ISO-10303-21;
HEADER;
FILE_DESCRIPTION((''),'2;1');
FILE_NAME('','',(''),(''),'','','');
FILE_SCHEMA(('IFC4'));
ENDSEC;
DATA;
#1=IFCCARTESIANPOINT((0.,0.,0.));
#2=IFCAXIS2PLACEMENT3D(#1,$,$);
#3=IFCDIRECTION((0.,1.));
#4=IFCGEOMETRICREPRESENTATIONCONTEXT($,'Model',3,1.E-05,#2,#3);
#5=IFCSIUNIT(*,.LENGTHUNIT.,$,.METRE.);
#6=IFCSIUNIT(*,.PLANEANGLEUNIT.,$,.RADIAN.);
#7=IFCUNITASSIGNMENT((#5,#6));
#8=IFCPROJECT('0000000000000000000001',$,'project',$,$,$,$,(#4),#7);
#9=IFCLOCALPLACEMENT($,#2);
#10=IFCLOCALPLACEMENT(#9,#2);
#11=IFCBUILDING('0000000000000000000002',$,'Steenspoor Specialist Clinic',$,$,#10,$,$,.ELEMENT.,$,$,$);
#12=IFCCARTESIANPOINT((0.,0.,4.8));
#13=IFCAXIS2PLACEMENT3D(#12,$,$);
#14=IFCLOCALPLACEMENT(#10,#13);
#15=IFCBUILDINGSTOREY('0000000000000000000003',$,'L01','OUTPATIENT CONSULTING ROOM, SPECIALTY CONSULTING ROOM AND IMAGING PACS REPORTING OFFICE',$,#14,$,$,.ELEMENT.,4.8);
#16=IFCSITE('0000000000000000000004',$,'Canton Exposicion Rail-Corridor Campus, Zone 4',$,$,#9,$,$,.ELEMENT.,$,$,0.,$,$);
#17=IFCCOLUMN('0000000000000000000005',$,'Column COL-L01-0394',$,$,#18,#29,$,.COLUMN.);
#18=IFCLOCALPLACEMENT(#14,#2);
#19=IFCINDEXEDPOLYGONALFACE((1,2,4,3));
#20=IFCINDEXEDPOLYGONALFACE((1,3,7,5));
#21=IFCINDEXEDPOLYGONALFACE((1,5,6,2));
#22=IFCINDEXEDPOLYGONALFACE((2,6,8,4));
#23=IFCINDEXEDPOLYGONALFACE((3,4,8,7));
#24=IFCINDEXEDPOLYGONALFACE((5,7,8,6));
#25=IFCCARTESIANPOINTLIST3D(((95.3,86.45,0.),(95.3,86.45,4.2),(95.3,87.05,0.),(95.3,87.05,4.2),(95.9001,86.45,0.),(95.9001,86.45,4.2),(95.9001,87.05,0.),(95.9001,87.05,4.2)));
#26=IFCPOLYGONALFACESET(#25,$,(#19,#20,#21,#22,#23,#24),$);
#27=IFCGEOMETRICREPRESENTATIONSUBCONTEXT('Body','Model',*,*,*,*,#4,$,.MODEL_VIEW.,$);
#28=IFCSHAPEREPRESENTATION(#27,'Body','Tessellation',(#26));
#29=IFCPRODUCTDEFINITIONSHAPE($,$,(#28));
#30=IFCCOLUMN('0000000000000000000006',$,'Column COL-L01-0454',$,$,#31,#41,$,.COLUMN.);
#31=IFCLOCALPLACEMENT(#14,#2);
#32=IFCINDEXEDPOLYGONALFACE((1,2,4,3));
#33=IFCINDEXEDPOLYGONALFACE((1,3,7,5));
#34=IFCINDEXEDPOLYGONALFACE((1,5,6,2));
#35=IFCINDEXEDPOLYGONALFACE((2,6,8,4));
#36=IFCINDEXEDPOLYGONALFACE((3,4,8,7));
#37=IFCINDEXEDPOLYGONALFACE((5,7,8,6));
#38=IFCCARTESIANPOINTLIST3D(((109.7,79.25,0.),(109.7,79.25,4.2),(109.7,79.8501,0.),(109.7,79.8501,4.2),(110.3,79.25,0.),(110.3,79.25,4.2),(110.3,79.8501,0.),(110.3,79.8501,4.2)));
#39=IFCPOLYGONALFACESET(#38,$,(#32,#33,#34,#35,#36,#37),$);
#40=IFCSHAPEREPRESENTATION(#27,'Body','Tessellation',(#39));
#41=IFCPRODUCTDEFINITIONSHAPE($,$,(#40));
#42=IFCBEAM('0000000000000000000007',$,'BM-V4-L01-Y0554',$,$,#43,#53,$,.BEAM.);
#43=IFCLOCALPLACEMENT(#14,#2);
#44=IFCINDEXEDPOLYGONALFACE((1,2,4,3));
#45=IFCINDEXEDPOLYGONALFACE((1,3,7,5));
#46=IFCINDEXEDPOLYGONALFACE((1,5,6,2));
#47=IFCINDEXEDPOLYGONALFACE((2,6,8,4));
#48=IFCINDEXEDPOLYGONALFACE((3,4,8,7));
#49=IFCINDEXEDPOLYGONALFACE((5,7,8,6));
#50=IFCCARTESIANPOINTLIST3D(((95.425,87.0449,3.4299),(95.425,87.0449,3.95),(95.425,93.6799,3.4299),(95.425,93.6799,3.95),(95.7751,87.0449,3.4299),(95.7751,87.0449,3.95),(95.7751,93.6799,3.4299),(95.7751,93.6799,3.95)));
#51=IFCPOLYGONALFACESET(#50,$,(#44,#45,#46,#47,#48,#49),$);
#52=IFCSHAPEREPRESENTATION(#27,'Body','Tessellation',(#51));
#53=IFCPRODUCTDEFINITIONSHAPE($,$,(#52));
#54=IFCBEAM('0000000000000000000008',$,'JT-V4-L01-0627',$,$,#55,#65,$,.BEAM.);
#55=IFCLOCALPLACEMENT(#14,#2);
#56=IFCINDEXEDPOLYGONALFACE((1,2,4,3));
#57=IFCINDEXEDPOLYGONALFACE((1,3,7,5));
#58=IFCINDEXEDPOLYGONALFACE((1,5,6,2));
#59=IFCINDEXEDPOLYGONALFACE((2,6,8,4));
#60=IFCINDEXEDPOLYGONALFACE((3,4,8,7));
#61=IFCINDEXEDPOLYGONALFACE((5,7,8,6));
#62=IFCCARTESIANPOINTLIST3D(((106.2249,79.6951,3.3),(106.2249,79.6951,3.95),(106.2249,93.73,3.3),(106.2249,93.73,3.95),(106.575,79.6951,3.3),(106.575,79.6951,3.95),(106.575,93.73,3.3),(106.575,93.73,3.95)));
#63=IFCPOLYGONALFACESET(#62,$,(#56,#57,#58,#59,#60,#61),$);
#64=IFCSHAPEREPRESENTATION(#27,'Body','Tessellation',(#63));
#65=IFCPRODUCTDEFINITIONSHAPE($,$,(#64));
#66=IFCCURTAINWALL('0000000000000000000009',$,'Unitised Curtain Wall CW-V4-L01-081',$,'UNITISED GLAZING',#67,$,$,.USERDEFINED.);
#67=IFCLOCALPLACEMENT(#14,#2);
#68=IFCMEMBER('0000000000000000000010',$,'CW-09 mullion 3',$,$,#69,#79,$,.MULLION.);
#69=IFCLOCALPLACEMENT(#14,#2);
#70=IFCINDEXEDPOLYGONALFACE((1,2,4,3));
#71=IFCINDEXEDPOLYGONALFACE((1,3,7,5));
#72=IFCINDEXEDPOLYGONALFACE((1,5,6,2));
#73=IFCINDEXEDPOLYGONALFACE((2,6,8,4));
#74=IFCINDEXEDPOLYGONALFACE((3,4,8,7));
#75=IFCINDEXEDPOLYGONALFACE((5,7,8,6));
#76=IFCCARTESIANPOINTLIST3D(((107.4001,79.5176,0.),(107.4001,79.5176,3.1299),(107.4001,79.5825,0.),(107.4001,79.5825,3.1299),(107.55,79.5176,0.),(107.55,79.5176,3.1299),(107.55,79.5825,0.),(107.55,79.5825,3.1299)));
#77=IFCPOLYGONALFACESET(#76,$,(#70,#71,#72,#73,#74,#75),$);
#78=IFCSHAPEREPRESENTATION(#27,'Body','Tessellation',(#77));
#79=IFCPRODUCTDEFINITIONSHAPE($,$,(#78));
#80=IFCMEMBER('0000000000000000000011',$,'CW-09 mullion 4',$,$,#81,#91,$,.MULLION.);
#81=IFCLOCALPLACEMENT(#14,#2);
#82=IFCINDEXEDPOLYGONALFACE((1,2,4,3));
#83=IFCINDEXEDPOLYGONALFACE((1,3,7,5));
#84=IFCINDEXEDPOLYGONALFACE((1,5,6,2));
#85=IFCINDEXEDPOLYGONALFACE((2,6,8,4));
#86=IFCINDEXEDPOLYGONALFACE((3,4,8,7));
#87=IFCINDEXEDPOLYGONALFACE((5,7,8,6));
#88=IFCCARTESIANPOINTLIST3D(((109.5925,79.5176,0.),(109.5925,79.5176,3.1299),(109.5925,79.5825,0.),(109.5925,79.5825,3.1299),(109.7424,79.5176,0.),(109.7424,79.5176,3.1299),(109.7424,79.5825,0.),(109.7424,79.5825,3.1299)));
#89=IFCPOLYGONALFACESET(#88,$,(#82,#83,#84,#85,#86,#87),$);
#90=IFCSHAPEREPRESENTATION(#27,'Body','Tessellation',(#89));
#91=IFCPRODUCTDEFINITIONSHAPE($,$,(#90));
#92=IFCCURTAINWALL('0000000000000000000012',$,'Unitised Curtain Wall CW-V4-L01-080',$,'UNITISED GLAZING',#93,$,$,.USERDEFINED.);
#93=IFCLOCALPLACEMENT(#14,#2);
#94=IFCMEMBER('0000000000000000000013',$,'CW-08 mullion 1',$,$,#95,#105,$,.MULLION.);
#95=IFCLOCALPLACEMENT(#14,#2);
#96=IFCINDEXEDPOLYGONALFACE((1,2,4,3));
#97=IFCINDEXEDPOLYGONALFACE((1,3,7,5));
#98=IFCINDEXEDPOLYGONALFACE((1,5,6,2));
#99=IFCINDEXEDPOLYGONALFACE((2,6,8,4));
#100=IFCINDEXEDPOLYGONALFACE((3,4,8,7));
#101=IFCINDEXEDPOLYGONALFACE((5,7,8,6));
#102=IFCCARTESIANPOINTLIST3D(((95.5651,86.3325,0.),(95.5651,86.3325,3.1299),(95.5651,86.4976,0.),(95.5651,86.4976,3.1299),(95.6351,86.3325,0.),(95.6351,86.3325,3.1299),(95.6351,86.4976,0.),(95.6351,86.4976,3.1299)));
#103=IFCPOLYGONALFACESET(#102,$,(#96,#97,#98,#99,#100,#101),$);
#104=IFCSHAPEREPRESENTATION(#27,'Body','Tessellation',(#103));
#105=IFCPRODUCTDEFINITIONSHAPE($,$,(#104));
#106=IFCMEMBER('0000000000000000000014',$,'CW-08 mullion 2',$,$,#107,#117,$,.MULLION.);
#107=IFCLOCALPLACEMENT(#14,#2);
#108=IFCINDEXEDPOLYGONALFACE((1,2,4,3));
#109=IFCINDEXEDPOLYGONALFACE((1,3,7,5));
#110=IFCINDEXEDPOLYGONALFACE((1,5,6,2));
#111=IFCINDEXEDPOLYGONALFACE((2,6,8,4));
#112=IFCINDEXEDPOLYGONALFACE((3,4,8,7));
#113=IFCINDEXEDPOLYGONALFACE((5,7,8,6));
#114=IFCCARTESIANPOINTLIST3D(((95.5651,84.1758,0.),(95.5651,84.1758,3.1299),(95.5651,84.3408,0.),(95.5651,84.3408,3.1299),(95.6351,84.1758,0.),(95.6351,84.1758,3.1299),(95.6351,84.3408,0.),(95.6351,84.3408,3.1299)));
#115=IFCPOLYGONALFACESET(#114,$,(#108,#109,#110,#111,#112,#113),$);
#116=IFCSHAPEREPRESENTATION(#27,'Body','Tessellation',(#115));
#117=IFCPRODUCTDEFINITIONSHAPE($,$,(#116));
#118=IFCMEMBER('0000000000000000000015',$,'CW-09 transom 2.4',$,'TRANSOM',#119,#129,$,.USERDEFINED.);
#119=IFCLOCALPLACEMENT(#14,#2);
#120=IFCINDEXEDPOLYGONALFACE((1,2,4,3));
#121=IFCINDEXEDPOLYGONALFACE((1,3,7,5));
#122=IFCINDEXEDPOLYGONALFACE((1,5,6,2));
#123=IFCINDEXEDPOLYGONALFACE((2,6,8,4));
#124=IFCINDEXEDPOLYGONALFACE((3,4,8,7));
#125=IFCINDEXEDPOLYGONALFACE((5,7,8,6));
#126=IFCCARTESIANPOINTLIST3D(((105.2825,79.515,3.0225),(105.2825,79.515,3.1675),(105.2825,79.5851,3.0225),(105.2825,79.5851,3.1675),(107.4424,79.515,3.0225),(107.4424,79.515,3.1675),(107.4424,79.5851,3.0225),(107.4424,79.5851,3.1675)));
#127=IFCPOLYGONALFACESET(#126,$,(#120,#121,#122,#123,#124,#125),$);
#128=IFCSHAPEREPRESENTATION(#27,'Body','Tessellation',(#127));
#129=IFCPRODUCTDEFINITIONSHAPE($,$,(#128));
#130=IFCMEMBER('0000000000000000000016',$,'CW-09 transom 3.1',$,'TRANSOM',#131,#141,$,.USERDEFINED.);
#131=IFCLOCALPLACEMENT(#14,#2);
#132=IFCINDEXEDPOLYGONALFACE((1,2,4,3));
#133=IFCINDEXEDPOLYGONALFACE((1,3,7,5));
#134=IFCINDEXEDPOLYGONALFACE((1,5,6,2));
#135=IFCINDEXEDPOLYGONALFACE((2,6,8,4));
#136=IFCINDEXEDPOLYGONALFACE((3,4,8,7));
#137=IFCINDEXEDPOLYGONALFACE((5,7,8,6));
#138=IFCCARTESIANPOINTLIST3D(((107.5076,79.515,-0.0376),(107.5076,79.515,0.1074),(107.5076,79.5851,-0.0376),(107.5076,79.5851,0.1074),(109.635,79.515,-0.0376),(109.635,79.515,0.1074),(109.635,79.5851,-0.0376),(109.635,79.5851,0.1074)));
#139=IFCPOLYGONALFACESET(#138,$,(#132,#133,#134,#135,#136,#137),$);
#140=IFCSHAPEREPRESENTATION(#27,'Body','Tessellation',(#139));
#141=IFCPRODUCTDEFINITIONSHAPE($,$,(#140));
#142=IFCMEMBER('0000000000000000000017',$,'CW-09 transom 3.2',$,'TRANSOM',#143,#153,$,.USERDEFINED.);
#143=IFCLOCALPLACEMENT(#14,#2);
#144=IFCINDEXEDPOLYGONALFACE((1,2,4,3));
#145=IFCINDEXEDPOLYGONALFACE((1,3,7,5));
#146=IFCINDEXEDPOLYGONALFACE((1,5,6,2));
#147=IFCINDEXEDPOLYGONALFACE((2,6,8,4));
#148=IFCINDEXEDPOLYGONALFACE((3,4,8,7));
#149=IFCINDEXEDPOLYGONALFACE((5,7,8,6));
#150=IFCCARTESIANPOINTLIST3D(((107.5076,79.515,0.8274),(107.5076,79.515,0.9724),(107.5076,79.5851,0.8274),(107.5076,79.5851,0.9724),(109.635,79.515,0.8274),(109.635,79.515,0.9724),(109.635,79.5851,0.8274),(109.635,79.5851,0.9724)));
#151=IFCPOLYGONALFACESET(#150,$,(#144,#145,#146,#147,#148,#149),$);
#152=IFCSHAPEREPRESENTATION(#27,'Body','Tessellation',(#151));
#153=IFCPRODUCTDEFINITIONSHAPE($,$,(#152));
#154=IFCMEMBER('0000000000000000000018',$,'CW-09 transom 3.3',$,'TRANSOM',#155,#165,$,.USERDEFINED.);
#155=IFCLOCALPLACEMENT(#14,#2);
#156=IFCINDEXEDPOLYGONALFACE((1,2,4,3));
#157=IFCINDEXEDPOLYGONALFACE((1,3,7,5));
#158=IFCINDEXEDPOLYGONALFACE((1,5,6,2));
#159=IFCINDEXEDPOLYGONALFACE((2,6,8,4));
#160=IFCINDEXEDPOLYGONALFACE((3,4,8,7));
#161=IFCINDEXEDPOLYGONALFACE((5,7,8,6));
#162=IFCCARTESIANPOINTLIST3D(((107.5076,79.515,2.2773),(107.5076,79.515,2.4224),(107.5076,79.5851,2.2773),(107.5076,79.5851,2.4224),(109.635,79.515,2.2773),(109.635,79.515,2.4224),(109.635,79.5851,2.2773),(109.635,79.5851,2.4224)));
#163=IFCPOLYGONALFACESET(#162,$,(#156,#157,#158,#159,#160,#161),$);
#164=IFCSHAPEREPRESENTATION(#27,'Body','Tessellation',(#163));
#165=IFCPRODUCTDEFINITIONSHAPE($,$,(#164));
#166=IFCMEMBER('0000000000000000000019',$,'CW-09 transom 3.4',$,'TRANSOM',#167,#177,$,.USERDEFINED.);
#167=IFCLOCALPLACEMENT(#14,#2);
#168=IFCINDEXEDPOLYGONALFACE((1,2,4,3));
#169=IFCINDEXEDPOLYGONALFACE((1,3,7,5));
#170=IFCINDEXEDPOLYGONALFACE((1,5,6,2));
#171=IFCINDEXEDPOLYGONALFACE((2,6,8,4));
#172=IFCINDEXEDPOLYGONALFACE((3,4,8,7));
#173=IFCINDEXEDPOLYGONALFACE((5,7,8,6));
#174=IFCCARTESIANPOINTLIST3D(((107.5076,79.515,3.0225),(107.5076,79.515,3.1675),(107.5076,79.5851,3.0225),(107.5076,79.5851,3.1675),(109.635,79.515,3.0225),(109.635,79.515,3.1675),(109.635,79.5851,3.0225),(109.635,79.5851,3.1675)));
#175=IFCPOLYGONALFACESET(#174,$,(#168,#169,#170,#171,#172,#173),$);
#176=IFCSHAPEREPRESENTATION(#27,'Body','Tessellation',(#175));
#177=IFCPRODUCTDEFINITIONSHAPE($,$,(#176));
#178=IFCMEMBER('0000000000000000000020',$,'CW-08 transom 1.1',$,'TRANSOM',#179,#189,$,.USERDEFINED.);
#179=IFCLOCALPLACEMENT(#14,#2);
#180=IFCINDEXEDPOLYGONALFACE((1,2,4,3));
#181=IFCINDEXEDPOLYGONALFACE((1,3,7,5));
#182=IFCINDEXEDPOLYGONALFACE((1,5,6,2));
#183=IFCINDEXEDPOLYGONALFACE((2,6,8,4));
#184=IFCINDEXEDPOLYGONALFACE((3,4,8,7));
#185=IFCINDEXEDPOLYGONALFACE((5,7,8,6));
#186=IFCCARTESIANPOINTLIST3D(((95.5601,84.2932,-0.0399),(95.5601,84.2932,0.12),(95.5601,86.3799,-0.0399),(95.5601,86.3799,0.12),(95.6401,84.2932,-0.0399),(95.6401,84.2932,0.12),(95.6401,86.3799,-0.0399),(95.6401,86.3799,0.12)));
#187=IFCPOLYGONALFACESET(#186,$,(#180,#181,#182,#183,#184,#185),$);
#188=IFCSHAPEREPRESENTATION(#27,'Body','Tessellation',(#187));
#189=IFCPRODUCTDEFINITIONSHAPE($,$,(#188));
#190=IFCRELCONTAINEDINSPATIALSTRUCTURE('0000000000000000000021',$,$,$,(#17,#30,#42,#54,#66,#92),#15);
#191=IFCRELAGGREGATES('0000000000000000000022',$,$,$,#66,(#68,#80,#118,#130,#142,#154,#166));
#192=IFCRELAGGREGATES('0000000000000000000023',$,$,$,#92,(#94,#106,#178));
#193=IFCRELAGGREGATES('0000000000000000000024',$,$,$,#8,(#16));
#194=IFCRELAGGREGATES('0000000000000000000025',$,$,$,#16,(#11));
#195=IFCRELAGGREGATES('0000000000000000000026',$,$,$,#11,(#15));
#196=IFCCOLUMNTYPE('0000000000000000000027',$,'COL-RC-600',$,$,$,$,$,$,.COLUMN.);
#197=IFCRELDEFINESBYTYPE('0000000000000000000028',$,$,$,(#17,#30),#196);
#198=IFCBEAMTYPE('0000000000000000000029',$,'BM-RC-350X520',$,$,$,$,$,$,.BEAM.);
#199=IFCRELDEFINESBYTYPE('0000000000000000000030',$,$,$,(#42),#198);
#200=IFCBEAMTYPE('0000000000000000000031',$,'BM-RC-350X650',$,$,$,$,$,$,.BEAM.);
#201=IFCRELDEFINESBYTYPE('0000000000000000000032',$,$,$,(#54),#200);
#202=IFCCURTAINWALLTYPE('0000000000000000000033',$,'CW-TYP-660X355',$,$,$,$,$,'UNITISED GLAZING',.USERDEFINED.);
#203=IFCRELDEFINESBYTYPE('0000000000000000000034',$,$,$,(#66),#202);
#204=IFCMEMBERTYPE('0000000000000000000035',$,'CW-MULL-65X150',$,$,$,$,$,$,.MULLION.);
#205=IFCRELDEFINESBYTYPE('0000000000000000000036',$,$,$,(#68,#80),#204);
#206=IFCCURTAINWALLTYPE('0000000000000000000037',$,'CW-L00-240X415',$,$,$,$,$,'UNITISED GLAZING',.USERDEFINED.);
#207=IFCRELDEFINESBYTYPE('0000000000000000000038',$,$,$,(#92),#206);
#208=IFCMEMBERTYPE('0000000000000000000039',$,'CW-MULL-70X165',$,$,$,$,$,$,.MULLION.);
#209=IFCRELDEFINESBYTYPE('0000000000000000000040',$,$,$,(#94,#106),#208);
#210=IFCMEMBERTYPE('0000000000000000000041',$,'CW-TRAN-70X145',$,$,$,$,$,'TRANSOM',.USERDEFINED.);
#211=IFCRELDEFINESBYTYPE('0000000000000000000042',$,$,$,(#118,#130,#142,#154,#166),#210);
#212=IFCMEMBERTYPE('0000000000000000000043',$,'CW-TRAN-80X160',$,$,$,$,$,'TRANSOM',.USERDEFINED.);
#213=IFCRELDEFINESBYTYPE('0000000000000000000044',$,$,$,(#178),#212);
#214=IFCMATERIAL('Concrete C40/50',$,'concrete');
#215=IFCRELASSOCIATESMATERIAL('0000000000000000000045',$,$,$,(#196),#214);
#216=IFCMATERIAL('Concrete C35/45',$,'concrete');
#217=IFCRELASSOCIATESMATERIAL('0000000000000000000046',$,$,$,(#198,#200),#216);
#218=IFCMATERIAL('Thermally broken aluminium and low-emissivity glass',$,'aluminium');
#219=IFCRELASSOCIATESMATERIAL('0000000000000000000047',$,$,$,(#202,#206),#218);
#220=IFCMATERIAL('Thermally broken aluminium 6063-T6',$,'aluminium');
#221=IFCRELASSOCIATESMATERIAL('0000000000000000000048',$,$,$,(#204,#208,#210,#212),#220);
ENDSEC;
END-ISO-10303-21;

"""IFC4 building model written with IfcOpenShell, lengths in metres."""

from ifc_helpers import new_model, si_unit, direction, frame, origin, origin_2d, place, context, subcontext, project, spatial, rectangle, extrude, material, material_profile, profile_set, type_object, element, aggregate, save


model = new_model("IFC4")

# Units and contexts
model_context = context("Model", 3, precision=1e-05, world=origin(), true_north=direction((0.0, 1.0)))
body_context = subcontext(model_context, "Body", "Model", "MODEL_VIEW")
ifc_project = project(units=[si_unit("LENGTHUNIT", "METRE"), si_unit("PLANEANGLEUNIT", "RADIAN")], contexts=[model_context])

# Site, building, storey
site_placement = place(None, origin())
site = spatial("IfcSite", under=ifc_project, at=site_placement, Name="Canton Exposicion Rail-Corridor Campus, Zone 4", CompositionType="ELEMENT", RefElevation=0.0)
building_placement = place(site_placement, origin())
building = spatial("IfcBuilding", under=site, at=building_placement, Name="Steenspoor Specialist Clinic", CompositionType="ELEMENT")
storey_placement = place(building_placement, frame((0.0, 0.0, 4.8)))
storey = spatial("IfcBuildingStorey", under=building, at=storey_placement, Name="L01", Description="OUTPATIENT CONSULTING ROOM, SPECIALTY CONSULTING ROOM AND IMAGING PACS REPORTING OFFICE", CompositionType="ELEMENT", Elevation=4.8)

# Columns
ifc_material_1 = material(Name="Concrete C40/50", Category="concrete")
ifc_material_profile_1 = material_profile(ifc_material_1, rectangle(XDim=0.6001, YDim=0.6001, at=origin_2d()), Name="RC-COL-600X600")
ifc_profile_set_1 = profile_set([ifc_material_profile_1], Name="Concrete C40/50")
column_type = type_object("IfcColumnType", Name="COL-RC-600", PredefinedType="COLUMN", material=ifc_profile_set_1)
for number, where, z_axis, x_axis, name in (
    (1, (95.6001, 86.75, 0.0), (0.0, 0.0, 1.0), (1.0, 0.0, 0.0), "Column COL-L01-0394"),
    (2, (110.0, 79.55, 0.0), (0.0, 0.0, 1.0), (1.0, 0.0, 0.0), "Column COL-L01-0454"),
):
    element("IfcColumn", number, at=place(storey_placement, frame(where, z_axis=z_axis, x_axis=x_axis)), inside=storey, type_object=column_type, Name=name, PredefinedType="COLUMN", context=body_context, shape_type="SweptSolid", body=[
        extrude(rectangle(XDim=0.6001, YDim=0.6001, at=origin_2d()), origin(), (0.0, 0.0, 1.0), 4.2),
    ])

# Beams
ifc_material_2 = material(Name="Concrete C35/45", Category="concrete")
ifc_material_profile_2 = material_profile(ifc_material_2, rectangle(XDim=0.3501, YDim=0.52, at=origin_2d()), Name="RC-BM-350X520")
ifc_profile_set_2 = profile_set([ifc_material_profile_2], Name="Concrete C35/45")
beam_type_1 = type_object("IfcBeamType", Name="BM-RC-350X520", PredefinedType="BEAM", material=ifc_profile_set_2)
beam_1_placement = place(storey_placement, frame((95.6001, 87.0449, 3.6899), z_axis=(0.0, 1.0, 0.0), x_axis=(-1.0, 0.0, 0.0)))
element("IfcBeam", 3, at=beam_1_placement, inside=storey, type_object=beam_type_1, Name="BM-V4-L01-Y0554", PredefinedType="BEAM", context=body_context, shape_type="SweptSolid", body=[
    extrude(rectangle(XDim=0.3501, YDim=0.52, at=origin_2d()), origin(), (0.0, 0.0, 1.0), 6.635),
])
ifc_material_profile_3 = material_profile(ifc_material_2, rectangle(XDim=0.3501, YDim=0.6499, at=origin_2d()), Name="RC-BM-350X650")
ifc_profile_set_3 = profile_set([ifc_material_profile_3], Name="Concrete C35/45")
beam_type_2 = type_object("IfcBeamType", Name="BM-RC-350X650", PredefinedType="BEAM", material=ifc_profile_set_3)
beam_2_placement = place(storey_placement, frame((106.3999, 79.6951, 3.625), z_axis=(0.0, 1.0, 0.0), x_axis=(-1.0, 0.0, 0.0)))
element("IfcBeam", 4, at=beam_2_placement, inside=storey, type_object=beam_type_2, Name="JT-V4-L01-0627", PredefinedType="BEAM", context=body_context, shape_type="SweptSolid", body=[
    extrude(rectangle(XDim=0.3501, YDim=0.6499, at=origin_2d()), origin(), (0.0, 0.0, 1.0), 14.0349),
])

# Curtain walls, members
ifc_material_3 = material(Name="Thermally broken aluminium and low-emissivity glass", Category="aluminium")
curtain_wall_type_1 = type_object("IfcCurtainWallType", Name="CW-TYP-660X355", ElementType="UNITISED GLAZING", PredefinedType="USERDEFINED", material=ifc_material_3)
curtain_wall_1_placement = place(storey_placement, origin())
curtain_wall_1 = element("IfcCurtainWall", 5, at=curtain_wall_1_placement, inside=storey, type_object=curtain_wall_type_1, Name="Unitised Curtain Wall CW-V4-L01-081", ObjectType="UNITISED GLAZING", PredefinedType="USERDEFINED")
ifc_material_4 = material(Name="Thermally broken aluminium 6063-T6", Category="aluminium")
ifc_material_profile_4 = material_profile(ifc_material_4, rectangle(XDim=0.0649, YDim=0.1499, at=origin_2d()), Name="CWM-65X150")
ifc_profile_set_4 = profile_set([ifc_material_profile_4], Name="Thermally broken aluminium 6063-T6")
member_type_1 = type_object("IfcMemberType", Name="CW-MULL-65X150", PredefinedType="MULLION", material=ifc_profile_set_4)
member_1_placement = place(storey_placement, frame((107.4751, 79.55, 0.0), z_axis=(0.0, 0.0, 1.0), x_axis=(0.0, 1.0, 0.0)))
member_1 = element("IfcMember", 6, at=member_1_placement, type_object=member_type_1, Name="CW-09 mullion 3", PredefinedType="MULLION", context=body_context, shape_type="SweptSolid", body=[
    extrude(rectangle(XDim=0.0649, YDim=0.1499, at=origin_2d()), origin(), (0.0, 0.0, 1.0), 3.1299),
])
member_2_placement = place(storey_placement, frame((109.6675, 79.55, 0.0), z_axis=(0.0, 0.0, 1.0), x_axis=(0.0, 1.0, 0.0)))
member_2 = element("IfcMember", 7, at=member_2_placement, type_object=member_type_1, Name="CW-09 mullion 4", PredefinedType="MULLION", context=body_context, shape_type="SweptSolid", body=[
    extrude(rectangle(XDim=0.0649, YDim=0.1499, at=origin_2d()), origin(), (0.0, 0.0, 1.0), 3.1299),
])
curtain_wall_type_2 = type_object("IfcCurtainWallType", Name="CW-L00-240X415", ElementType="UNITISED GLAZING", PredefinedType="USERDEFINED", material=ifc_material_3)
curtain_wall_2_placement = place(storey_placement, origin())
curtain_wall_2 = element("IfcCurtainWall", 8, at=curtain_wall_2_placement, inside=storey, type_object=curtain_wall_type_2, Name="Unitised Curtain Wall CW-V4-L01-080", ObjectType="UNITISED GLAZING", PredefinedType="USERDEFINED")
ifc_material_profile_5 = material_profile(ifc_material_4, rectangle(XDim=0.0701, YDim=0.165, at=origin_2d()), Name="CWM-70X165")
ifc_profile_set_5 = profile_set([ifc_material_profile_5], Name="Thermally broken aluminium 6063-T6")
member_type_2 = type_object("IfcMemberType", Name="CW-MULL-70X165", PredefinedType="MULLION", material=ifc_profile_set_5)
member_3_placement = place(storey_placement, frame((95.6001, 86.415, 0.0), z_axis=(0.0, 0.0, 1.0), x_axis=(1.0, 0.0, 0.0)))
member_3 = element("IfcMember", 9, at=member_3_placement, type_object=member_type_2, Name="CW-08 mullion 1", PredefinedType="MULLION", context=body_context, shape_type="SweptSolid", body=[
    extrude(rectangle(XDim=0.0701, YDim=0.165, at=origin_2d()), origin(), (0.0, 0.0, 1.0), 3.1299),
])
member_4_placement = place(storey_placement, frame((95.6001, 84.2583, 0.0), z_axis=(0.0, 0.0, 1.0), x_axis=(1.0, 0.0, 0.0)))
member_4 = element("IfcMember", 10, at=member_4_placement, type_object=member_type_2, Name="CW-08 mullion 2", PredefinedType="MULLION", context=body_context, shape_type="SweptSolid", body=[
    extrude(rectangle(XDim=0.0701, YDim=0.165, at=origin_2d()), origin(), (0.0, 0.0, 1.0), 3.1299),
])

# Members
ifc_material_profile_6 = material_profile(ifc_material_4, rectangle(XDim=0.0701, YDim=0.145, at=origin_2d()), Name="CWT-70X145")
ifc_profile_set_6 = profile_set([ifc_material_profile_6], Name="Thermally broken aluminium 6063-T6")
member_type_3 = type_object("IfcMemberType", Name="CW-TRAN-70X145", ElementType="TRANSOM", PredefinedType="USERDEFINED", material=ifc_profile_set_6)
member_5_placement = place(storey_placement, frame((105.2825, 79.55, 3.095), z_axis=(1.0, 0.0, 0.0), x_axis=(0.0, 1.0, 0.0)))
member_5 = element("IfcMember", 11, at=member_5_placement, type_object=member_type_3, Name="CW-09 transom 2.4", ObjectType="TRANSOM", PredefinedType="USERDEFINED", context=body_context, shape_type="SweptSolid", body=[
    extrude(rectangle(XDim=0.0701, YDim=0.145, at=origin_2d()), origin(), (0.0, 0.0, 1.0), 2.1599),
])
member_6_placement = place(storey_placement, frame((107.5076, 79.55, 0.0349), z_axis=(1.0, 0.0, 0.0), x_axis=(0.0, 1.0, 0.0)))
member_6 = element("IfcMember", 12, at=member_6_placement, type_object=member_type_3, Name="CW-09 transom 3.1", ObjectType="TRANSOM", PredefinedType="USERDEFINED", context=body_context, shape_type="SweptSolid", body=[
    extrude(rectangle(XDim=0.0701, YDim=0.145, at=origin_2d()), origin(), (0.0, 0.0, 1.0), 2.1274),
])
member_7_placement = place(storey_placement, frame((107.5076, 79.55, 0.8999), z_axis=(1.0, 0.0, 0.0), x_axis=(0.0, 1.0, 0.0)))
member_7 = element("IfcMember", 13, at=member_7_placement, type_object=member_type_3, Name="CW-09 transom 3.2", ObjectType="TRANSOM", PredefinedType="USERDEFINED", context=body_context, shape_type="SweptSolid", body=[
    extrude(rectangle(XDim=0.0701, YDim=0.145, at=origin_2d()), origin(), (0.0, 0.0, 1.0), 2.1274),
])
member_8_placement = place(storey_placement, frame((107.5076, 79.55, 2.3499), z_axis=(1.0, 0.0, 0.0), x_axis=(0.0, 1.0, 0.0)))
member_8 = element("IfcMember", 14, at=member_8_placement, type_object=member_type_3, Name="CW-09 transom 3.3", ObjectType="TRANSOM", PredefinedType="USERDEFINED", context=body_context, shape_type="SweptSolid", body=[
    extrude(rectangle(XDim=0.0701, YDim=0.145, at=origin_2d()), origin(), (0.0, 0.0, 1.0), 2.1274),
])
member_9_placement = place(storey_placement, frame((107.5076, 79.55, 3.095), z_axis=(1.0, 0.0, 0.0), x_axis=(0.0, 1.0, 0.0)))
member_9 = element("IfcMember", 15, at=member_9_placement, type_object=member_type_3, Name="CW-09 transom 3.4", ObjectType="TRANSOM", PredefinedType="USERDEFINED", context=body_context, shape_type="SweptSolid", body=[
    extrude(rectangle(XDim=0.0701, YDim=0.145, at=origin_2d()), origin(), (0.0, 0.0, 1.0), 2.1274),
])
ifc_material_profile_7 = material_profile(ifc_material_4, rectangle(XDim=0.0801, YDim=0.1599, at=origin_2d()), Name="CWT-80X160")
ifc_profile_set_7 = profile_set([ifc_material_profile_7], Name="Thermally broken aluminium 6063-T6")
member_type_4 = type_object("IfcMemberType", Name="CW-TRAN-80X160", ElementType="TRANSOM", PredefinedType="USERDEFINED", material=ifc_profile_set_7)
member_10_placement = place(storey_placement, frame((95.6001, 86.3799, 0.04), z_axis=(0.0, -1.0, 0.0), x_axis=(1.0, 0.0, 0.0)))
member_10 = element("IfcMember", 16, at=member_10_placement, type_object=member_type_4, Name="CW-08 transom 1.1", ObjectType="TRANSOM", PredefinedType="USERDEFINED", context=body_context, shape_type="SweptSolid", body=[
    extrude(rectangle(XDim=0.0801, YDim=0.1599, at=origin_2d()), origin(), (0.0, 0.0, 1.0), 2.0867),
])

aggregate(curtain_wall_1, [member_1, member_2, member_5, member_6, member_7, member_8, member_9])
aggregate(curtain_wall_2, [member_3, member_4, member_10])

save(model, "model.ifc")
